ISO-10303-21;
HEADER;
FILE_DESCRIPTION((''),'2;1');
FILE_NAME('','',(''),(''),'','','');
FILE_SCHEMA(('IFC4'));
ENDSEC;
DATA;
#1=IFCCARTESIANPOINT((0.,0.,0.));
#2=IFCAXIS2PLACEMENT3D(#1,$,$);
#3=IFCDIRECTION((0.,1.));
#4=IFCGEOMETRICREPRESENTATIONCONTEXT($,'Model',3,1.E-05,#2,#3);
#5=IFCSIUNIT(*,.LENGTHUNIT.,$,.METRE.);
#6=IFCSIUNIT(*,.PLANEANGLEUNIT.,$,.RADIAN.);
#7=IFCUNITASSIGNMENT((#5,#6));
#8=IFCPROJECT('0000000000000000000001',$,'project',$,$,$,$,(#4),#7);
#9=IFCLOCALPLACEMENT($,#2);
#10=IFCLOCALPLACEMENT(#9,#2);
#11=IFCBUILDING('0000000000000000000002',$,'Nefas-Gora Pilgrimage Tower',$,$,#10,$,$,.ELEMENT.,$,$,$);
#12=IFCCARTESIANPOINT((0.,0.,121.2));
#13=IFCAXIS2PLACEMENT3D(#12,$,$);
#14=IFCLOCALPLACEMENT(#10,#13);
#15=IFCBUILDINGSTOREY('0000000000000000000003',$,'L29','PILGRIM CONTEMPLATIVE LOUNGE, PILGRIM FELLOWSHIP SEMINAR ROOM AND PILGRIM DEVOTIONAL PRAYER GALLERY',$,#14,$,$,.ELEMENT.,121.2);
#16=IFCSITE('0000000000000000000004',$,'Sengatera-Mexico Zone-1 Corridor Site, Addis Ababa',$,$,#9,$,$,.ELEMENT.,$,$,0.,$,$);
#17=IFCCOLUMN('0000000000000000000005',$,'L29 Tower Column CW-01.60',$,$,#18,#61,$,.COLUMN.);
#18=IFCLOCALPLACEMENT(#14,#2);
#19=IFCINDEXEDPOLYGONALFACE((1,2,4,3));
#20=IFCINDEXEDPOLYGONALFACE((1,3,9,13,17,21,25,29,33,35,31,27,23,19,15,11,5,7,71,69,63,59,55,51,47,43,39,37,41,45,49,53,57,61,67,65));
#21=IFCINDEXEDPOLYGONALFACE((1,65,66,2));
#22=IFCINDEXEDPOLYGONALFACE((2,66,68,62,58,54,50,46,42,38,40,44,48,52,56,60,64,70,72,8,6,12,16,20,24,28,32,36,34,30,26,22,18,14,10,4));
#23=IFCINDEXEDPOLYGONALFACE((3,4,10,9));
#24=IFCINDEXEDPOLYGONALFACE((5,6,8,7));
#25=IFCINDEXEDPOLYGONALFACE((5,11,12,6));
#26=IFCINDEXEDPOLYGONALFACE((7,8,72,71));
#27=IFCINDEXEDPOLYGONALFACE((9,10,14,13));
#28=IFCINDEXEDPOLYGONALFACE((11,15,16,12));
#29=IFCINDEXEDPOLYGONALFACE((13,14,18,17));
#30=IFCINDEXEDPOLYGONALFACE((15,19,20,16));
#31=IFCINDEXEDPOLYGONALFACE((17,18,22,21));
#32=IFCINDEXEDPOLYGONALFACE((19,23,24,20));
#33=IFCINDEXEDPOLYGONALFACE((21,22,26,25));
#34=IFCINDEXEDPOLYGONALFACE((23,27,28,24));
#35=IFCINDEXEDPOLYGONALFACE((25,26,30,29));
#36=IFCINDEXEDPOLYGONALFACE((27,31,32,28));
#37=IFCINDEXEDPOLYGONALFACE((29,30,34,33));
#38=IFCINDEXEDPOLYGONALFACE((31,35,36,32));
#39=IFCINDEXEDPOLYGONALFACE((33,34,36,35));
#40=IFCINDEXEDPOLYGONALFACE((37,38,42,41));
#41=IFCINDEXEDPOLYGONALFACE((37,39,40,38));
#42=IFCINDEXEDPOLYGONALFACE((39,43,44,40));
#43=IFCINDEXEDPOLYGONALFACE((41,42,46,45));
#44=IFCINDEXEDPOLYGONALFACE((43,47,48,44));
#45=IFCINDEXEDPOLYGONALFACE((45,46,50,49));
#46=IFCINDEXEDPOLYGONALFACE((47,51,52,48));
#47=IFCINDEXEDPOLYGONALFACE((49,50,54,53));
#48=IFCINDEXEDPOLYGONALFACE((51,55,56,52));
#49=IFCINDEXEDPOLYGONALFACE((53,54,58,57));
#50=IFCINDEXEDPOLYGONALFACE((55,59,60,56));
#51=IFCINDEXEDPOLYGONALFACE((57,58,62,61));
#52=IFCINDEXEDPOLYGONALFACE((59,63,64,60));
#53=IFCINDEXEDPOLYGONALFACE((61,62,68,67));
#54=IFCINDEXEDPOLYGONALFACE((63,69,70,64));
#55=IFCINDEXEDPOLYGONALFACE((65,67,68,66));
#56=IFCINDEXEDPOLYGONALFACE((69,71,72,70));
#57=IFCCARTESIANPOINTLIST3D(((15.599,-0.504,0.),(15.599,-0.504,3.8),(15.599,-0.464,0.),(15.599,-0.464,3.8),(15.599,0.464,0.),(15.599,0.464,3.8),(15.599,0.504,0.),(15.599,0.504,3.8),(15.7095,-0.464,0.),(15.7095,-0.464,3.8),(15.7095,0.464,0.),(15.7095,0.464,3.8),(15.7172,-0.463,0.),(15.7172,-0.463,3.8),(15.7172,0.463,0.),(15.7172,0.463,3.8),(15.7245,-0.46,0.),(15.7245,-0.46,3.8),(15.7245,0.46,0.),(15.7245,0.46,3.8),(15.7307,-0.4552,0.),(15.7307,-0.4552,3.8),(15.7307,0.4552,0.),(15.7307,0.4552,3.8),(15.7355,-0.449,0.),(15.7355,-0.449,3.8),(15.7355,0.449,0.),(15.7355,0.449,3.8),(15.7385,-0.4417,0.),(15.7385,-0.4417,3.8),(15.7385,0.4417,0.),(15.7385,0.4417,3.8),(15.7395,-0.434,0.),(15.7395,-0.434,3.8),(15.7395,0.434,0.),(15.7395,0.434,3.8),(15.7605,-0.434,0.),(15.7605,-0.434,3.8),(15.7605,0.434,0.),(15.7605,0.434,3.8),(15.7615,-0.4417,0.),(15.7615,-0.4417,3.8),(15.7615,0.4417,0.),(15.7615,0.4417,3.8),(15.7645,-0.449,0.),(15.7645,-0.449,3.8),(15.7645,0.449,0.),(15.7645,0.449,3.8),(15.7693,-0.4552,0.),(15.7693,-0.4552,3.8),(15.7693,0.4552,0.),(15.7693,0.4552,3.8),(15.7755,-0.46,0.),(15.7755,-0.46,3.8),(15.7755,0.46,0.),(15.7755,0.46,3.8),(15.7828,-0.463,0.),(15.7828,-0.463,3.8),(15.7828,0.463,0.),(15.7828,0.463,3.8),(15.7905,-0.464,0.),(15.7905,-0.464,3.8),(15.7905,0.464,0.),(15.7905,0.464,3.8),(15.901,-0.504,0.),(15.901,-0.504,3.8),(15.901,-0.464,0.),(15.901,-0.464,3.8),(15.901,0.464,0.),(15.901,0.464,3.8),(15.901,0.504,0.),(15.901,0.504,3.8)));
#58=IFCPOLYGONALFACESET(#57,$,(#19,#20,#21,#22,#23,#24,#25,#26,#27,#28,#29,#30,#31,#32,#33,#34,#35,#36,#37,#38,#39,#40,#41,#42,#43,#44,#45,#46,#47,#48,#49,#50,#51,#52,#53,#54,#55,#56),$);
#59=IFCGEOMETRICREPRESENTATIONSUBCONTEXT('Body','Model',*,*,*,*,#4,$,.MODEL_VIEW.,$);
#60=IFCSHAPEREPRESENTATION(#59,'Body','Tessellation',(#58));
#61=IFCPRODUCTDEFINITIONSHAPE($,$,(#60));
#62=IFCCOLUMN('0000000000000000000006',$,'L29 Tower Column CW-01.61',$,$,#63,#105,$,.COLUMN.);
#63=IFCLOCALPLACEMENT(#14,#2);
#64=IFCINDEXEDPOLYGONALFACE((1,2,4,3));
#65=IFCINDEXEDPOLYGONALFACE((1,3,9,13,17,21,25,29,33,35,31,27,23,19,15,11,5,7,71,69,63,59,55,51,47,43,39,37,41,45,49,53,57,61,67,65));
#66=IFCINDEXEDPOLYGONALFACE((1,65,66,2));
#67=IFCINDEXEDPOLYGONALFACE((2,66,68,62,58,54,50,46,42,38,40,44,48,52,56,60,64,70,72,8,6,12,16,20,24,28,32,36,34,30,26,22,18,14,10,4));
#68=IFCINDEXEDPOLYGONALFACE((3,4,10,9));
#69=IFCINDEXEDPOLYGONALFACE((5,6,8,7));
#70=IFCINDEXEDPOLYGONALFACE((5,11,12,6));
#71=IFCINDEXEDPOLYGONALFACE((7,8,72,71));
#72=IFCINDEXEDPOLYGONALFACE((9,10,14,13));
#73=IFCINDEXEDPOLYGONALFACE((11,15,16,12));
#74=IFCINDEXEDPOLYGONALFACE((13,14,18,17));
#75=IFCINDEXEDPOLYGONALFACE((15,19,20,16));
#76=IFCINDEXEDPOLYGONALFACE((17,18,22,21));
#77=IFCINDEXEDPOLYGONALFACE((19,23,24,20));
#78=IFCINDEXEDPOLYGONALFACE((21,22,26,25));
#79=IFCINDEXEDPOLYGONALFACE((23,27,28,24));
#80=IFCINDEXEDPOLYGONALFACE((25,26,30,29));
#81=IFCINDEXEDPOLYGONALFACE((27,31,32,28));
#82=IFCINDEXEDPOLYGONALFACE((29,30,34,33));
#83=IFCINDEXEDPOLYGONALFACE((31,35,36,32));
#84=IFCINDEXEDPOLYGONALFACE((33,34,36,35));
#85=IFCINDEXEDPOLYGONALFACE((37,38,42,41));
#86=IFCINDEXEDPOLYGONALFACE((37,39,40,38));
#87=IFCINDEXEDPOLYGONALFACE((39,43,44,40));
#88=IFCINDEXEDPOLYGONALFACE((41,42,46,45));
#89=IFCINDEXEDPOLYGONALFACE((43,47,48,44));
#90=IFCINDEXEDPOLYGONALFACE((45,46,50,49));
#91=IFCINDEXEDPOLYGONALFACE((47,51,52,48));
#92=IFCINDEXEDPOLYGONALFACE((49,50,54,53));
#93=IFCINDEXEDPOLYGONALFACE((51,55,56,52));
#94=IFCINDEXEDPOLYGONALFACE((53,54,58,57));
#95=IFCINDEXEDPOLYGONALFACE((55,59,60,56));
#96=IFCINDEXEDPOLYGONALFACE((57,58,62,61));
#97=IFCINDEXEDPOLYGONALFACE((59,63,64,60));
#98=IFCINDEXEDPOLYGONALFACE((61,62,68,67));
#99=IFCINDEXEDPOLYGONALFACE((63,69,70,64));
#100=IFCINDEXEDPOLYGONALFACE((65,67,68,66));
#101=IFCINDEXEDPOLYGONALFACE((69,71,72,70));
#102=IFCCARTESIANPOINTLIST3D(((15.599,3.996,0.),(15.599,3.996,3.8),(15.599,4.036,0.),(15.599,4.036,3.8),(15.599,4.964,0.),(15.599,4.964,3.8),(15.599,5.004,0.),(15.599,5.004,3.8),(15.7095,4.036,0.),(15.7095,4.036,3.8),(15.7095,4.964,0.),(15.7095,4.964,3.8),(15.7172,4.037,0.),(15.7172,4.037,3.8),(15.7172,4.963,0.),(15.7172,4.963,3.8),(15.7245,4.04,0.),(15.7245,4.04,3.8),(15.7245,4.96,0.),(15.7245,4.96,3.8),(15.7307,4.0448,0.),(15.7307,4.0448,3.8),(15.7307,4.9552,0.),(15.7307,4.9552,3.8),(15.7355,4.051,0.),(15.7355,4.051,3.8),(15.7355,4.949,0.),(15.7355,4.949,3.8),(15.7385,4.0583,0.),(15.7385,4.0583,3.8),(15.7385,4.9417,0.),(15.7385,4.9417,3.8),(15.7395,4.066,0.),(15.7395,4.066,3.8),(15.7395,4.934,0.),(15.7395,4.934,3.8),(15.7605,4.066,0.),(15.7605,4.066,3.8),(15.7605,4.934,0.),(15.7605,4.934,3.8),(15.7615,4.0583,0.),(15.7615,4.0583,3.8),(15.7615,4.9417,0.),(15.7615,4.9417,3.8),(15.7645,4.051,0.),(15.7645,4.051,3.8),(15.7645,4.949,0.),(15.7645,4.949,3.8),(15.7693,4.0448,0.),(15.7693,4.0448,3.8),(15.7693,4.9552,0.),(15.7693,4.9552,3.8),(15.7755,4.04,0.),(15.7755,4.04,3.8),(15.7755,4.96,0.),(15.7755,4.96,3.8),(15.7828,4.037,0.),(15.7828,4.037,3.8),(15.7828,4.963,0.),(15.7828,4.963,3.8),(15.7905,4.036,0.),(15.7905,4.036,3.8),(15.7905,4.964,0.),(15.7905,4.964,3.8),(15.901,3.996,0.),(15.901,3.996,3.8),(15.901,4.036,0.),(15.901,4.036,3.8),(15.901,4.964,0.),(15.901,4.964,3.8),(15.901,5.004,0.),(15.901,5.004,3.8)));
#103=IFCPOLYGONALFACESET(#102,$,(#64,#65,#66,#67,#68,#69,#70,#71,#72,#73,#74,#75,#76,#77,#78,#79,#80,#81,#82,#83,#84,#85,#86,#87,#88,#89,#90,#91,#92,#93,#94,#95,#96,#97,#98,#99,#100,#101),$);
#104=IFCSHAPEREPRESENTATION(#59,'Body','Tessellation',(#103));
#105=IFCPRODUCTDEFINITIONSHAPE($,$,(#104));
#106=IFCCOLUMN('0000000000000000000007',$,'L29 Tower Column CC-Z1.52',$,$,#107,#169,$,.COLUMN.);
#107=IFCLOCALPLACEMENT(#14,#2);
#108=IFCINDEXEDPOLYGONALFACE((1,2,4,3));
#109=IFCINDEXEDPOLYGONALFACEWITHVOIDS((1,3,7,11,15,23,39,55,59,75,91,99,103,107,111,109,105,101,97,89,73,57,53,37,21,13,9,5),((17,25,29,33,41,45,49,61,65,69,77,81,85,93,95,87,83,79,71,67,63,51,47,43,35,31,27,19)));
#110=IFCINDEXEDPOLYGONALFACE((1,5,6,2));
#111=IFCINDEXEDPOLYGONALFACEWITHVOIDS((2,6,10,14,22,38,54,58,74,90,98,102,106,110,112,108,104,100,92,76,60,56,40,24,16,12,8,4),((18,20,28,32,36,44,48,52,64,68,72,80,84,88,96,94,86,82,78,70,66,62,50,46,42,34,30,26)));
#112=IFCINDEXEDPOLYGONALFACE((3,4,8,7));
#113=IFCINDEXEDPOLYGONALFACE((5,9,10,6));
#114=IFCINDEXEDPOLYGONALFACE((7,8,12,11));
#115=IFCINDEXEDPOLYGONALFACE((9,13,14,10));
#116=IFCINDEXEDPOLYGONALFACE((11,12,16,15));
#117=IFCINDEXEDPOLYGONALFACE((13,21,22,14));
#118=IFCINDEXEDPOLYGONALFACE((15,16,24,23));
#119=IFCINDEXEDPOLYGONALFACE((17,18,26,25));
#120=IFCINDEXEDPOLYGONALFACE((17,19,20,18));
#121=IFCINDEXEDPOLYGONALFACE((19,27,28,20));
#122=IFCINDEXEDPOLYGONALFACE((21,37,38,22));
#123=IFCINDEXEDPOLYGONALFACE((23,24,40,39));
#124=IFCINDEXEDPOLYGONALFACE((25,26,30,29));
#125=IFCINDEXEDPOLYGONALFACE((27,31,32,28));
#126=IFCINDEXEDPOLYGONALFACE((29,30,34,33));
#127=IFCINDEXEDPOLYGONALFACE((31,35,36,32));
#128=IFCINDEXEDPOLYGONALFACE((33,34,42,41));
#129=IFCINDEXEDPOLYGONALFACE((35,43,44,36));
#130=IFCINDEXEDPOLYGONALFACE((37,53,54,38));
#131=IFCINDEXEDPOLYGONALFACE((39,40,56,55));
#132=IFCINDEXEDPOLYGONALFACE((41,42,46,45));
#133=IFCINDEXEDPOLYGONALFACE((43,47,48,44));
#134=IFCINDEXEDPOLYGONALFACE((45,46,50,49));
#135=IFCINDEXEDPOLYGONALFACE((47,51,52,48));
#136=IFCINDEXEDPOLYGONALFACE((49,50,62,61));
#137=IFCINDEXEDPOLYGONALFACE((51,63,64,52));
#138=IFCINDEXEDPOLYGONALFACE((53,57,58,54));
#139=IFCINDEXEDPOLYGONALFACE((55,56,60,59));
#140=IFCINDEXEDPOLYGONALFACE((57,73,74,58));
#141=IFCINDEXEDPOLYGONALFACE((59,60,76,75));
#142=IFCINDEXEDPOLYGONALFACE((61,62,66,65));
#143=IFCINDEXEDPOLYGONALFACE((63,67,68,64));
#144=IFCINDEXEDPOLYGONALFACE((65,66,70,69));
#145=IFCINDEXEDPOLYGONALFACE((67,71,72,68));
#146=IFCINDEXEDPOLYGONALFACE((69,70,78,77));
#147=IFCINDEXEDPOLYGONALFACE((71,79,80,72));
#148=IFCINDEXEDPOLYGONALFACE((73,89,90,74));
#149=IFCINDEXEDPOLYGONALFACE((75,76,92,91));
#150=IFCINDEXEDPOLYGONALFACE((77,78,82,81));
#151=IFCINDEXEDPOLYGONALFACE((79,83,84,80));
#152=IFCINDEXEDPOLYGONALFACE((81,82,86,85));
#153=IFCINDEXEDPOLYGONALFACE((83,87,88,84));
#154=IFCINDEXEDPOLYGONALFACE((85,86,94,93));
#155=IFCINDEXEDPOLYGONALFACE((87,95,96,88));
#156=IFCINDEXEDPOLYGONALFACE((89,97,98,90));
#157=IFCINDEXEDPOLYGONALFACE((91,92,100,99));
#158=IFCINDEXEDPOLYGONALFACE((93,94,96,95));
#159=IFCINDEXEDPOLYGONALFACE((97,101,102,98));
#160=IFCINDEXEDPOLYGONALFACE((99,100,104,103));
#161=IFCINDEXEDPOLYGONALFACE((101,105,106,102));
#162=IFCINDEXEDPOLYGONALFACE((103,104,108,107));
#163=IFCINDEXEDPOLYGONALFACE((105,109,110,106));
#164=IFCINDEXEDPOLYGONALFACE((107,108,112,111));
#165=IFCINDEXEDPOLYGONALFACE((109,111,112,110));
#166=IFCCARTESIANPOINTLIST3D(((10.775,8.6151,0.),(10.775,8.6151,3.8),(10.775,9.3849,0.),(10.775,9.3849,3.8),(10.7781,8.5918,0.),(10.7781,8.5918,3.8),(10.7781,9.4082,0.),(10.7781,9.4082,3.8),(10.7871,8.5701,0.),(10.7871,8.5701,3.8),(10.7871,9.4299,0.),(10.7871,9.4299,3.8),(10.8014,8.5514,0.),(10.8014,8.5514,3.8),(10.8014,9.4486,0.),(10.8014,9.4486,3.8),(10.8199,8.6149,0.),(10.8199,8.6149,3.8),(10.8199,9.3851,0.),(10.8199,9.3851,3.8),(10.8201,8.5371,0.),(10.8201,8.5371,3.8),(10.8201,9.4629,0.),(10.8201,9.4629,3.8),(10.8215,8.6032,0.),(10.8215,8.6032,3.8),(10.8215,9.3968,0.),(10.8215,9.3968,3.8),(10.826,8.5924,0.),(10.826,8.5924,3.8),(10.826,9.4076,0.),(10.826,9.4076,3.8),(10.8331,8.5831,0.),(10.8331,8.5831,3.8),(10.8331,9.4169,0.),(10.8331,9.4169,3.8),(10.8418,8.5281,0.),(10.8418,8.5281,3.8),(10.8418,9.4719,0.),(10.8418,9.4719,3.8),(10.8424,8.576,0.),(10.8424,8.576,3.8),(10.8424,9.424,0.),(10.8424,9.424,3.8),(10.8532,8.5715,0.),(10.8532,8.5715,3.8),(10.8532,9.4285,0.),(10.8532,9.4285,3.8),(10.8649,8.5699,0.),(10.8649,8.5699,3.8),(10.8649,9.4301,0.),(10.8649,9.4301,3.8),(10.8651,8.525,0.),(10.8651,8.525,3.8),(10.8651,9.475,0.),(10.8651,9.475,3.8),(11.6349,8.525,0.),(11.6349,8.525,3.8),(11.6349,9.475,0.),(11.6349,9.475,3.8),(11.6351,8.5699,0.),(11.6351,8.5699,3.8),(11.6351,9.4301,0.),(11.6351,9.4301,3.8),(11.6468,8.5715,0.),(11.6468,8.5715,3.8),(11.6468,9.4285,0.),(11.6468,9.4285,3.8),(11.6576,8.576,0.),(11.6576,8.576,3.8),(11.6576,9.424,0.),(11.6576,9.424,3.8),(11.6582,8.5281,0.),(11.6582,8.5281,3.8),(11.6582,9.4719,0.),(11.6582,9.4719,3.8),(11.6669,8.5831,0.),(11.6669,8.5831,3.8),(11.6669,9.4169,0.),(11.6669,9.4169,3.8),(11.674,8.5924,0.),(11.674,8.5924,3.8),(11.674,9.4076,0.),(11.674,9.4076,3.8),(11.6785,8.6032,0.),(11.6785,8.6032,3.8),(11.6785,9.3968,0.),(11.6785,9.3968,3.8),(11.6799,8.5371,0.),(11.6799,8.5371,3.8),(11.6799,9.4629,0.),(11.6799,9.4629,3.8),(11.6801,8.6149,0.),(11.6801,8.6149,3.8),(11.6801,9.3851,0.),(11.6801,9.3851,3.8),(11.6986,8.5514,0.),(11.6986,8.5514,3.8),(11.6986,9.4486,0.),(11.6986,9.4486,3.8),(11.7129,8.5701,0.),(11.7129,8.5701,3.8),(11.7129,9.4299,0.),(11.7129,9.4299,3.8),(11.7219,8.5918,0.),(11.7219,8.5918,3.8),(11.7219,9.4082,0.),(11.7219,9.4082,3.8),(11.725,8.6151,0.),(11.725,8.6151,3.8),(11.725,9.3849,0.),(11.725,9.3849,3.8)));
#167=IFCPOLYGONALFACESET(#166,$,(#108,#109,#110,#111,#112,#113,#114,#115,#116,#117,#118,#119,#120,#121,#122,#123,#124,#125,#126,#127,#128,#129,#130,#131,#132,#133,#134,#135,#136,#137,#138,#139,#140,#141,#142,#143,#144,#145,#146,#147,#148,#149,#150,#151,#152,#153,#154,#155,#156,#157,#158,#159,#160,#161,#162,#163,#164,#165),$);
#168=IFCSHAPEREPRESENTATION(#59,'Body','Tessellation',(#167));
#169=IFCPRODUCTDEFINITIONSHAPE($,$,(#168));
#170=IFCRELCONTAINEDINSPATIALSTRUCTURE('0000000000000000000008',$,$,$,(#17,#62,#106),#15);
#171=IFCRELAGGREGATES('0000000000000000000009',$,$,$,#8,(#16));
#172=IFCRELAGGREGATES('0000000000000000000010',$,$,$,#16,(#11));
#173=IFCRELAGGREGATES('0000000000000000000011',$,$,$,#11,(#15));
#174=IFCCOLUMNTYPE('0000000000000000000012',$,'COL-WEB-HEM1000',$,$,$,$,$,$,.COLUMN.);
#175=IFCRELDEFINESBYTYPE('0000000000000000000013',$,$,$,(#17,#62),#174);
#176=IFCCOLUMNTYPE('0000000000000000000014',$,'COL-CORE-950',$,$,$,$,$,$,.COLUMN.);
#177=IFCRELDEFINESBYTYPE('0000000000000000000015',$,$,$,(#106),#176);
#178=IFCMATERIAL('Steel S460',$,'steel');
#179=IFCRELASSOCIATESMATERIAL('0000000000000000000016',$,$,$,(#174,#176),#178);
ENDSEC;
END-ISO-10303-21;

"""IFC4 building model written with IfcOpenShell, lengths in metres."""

from ifc_helpers import new_model, si_unit, direction, frame, origin, origin_2d, place, context, subcontext, project, spatial, hollow_rectangle, i_section, extrude, source, transform, mapped, material, material_profile, profile_set, type_object, element, save


model = new_model("IFC4")

# Units and contexts
model_context = context("Model", 3, precision=1e-05, world=origin(), true_north=direction((0.0, 1.0)))
body_context = subcontext(model_context, "Body", "Model", "MODEL_VIEW")
ifc_project = project(units=[si_unit("LENGTHUNIT", "METRE"), si_unit("PLANEANGLEUNIT", "RADIAN")], contexts=[model_context])

# Site, building, storey
site_placement = place(None, origin())
site = spatial("IfcSite", under=ifc_project, at=site_placement, Name="Sengatera-Mexico Zone-1 Corridor Site, Addis Ababa", CompositionType="ELEMENT", RefElevation=0.0)
building_placement = place(site_placement, origin())
building = spatial("IfcBuilding", under=site, at=building_placement, Name="Nefas-Gora Pilgrimage Tower", CompositionType="ELEMENT")
storey_placement = place(building_placement, frame((0.0, 0.0, 121.2)))
storey = spatial("IfcBuildingStorey", under=building, at=storey_placement, Name="L29", Description="PILGRIM CONTEMPLATIVE LOUNGE, PILGRIM FELLOWSHIP SEMINAR ROOM AND PILGRIM DEVOTIONAL PRAYER GALLERY", CompositionType="ELEMENT", Elevation=121.2)

# Columns
ifc_material_1 = material(Name="Steel S460", Category="steel")
ifc_material_profile_1 = material_profile(ifc_material_1, i_section(OverallWidth=0.302, OverallDepth=1.0081, WebThickness=0.021, FlangeThickness=0.04, FilletRadius=0.03, at=origin_2d()), Name="HEM 1000")
ifc_profile_set_1 = profile_set([ifc_material_profile_1], Name="Steel S460")
column_type_1 = type_object("IfcColumnType", Name="COL-WEB-HEM1000", PredefinedType="COLUMN", material=ifc_profile_set_1)
shared_shape_1 = source(origin(), body_context, "Body", "SweptSolid", [
    extrude(i_section(OverallWidth=0.302, OverallDepth=1.0081, WebThickness=0.021, FlangeThickness=0.04, FilletRadius=0.03, at=origin_2d()), origin(), (0.0, 0.0, 1.0), 3.8),
])
for number, where, z_axis, x_axis, name in (
    (1, (15.75, 0.0, 0.0), (0.0, 0.0, 1.0), (1.0, 0.0, 0.0), "L29 Tower Column CW-01.60"),
    (2, (15.75, 4.5, 0.0), (0.0, 0.0, 1.0), (1.0, 0.0, 0.0), "L29 Tower Column CW-01.61"),
):
    element("IfcColumn", number, at=place(storey_placement, frame(where, z_axis=z_axis, x_axis=x_axis)), inside=storey, type_object=column_type_1, Name=name, PredefinedType="COLUMN", context=body_context, shape_type="MappedRepresentation", body=[
        mapped(shared_shape_1, transform((0.0, 0.0, 0.0), x_axis=(1.0, 0.0, 0.0), y_axis=(0.0, 1.0, 0.0), z_axis=(0.0, 0.0, 1.0), scale=1.0)),
    ])
ifc_material_profile_2 = material_profile(ifc_material_1, hollow_rectangle(XDim=0.95, YDim=0.95, WallThickness=0.0449, InnerFilletRadius=0.0449, OuterFilletRadius=0.0901, at=origin_2d()), Name="BOX 950x950x45")
ifc_profile_set_2 = profile_set([ifc_material_profile_2], Name="Steel S460")
column_type_2 = type_object("IfcColumnType", Name="COL-CORE-950", PredefinedType="COLUMN", material=ifc_profile_set_2)
shared_shape_2 = source(origin(), body_context, "Body", "SweptSolid", [
    extrude(hollow_rectangle(XDim=0.95, YDim=0.95, WallThickness=0.0449, InnerFilletRadius=0.0449, OuterFilletRadius=0.0901, at=origin_2d()), origin(), (0.0, 0.0, 1.0), 3.8),
])
column_placement = place(storey_placement, frame((11.25, 9.0, 0.0), z_axis=(0.0, 0.0, 1.0), x_axis=(1.0, 0.0, 0.0)))
element("IfcColumn", 3, at=column_placement, inside=storey, type_object=column_type_2, Name="L29 Tower Column CC-Z1.52", PredefinedType="COLUMN", context=body_context, shape_type="MappedRepresentation", body=[
    mapped(shared_shape_2, transform((0.0, 0.0, 0.0), x_axis=(1.0, 0.0, 0.0), y_axis=(0.0, 1.0, 0.0), z_axis=(0.0, 0.0, 1.0), scale=1.0)),
])

save(model, "model.ifc")
